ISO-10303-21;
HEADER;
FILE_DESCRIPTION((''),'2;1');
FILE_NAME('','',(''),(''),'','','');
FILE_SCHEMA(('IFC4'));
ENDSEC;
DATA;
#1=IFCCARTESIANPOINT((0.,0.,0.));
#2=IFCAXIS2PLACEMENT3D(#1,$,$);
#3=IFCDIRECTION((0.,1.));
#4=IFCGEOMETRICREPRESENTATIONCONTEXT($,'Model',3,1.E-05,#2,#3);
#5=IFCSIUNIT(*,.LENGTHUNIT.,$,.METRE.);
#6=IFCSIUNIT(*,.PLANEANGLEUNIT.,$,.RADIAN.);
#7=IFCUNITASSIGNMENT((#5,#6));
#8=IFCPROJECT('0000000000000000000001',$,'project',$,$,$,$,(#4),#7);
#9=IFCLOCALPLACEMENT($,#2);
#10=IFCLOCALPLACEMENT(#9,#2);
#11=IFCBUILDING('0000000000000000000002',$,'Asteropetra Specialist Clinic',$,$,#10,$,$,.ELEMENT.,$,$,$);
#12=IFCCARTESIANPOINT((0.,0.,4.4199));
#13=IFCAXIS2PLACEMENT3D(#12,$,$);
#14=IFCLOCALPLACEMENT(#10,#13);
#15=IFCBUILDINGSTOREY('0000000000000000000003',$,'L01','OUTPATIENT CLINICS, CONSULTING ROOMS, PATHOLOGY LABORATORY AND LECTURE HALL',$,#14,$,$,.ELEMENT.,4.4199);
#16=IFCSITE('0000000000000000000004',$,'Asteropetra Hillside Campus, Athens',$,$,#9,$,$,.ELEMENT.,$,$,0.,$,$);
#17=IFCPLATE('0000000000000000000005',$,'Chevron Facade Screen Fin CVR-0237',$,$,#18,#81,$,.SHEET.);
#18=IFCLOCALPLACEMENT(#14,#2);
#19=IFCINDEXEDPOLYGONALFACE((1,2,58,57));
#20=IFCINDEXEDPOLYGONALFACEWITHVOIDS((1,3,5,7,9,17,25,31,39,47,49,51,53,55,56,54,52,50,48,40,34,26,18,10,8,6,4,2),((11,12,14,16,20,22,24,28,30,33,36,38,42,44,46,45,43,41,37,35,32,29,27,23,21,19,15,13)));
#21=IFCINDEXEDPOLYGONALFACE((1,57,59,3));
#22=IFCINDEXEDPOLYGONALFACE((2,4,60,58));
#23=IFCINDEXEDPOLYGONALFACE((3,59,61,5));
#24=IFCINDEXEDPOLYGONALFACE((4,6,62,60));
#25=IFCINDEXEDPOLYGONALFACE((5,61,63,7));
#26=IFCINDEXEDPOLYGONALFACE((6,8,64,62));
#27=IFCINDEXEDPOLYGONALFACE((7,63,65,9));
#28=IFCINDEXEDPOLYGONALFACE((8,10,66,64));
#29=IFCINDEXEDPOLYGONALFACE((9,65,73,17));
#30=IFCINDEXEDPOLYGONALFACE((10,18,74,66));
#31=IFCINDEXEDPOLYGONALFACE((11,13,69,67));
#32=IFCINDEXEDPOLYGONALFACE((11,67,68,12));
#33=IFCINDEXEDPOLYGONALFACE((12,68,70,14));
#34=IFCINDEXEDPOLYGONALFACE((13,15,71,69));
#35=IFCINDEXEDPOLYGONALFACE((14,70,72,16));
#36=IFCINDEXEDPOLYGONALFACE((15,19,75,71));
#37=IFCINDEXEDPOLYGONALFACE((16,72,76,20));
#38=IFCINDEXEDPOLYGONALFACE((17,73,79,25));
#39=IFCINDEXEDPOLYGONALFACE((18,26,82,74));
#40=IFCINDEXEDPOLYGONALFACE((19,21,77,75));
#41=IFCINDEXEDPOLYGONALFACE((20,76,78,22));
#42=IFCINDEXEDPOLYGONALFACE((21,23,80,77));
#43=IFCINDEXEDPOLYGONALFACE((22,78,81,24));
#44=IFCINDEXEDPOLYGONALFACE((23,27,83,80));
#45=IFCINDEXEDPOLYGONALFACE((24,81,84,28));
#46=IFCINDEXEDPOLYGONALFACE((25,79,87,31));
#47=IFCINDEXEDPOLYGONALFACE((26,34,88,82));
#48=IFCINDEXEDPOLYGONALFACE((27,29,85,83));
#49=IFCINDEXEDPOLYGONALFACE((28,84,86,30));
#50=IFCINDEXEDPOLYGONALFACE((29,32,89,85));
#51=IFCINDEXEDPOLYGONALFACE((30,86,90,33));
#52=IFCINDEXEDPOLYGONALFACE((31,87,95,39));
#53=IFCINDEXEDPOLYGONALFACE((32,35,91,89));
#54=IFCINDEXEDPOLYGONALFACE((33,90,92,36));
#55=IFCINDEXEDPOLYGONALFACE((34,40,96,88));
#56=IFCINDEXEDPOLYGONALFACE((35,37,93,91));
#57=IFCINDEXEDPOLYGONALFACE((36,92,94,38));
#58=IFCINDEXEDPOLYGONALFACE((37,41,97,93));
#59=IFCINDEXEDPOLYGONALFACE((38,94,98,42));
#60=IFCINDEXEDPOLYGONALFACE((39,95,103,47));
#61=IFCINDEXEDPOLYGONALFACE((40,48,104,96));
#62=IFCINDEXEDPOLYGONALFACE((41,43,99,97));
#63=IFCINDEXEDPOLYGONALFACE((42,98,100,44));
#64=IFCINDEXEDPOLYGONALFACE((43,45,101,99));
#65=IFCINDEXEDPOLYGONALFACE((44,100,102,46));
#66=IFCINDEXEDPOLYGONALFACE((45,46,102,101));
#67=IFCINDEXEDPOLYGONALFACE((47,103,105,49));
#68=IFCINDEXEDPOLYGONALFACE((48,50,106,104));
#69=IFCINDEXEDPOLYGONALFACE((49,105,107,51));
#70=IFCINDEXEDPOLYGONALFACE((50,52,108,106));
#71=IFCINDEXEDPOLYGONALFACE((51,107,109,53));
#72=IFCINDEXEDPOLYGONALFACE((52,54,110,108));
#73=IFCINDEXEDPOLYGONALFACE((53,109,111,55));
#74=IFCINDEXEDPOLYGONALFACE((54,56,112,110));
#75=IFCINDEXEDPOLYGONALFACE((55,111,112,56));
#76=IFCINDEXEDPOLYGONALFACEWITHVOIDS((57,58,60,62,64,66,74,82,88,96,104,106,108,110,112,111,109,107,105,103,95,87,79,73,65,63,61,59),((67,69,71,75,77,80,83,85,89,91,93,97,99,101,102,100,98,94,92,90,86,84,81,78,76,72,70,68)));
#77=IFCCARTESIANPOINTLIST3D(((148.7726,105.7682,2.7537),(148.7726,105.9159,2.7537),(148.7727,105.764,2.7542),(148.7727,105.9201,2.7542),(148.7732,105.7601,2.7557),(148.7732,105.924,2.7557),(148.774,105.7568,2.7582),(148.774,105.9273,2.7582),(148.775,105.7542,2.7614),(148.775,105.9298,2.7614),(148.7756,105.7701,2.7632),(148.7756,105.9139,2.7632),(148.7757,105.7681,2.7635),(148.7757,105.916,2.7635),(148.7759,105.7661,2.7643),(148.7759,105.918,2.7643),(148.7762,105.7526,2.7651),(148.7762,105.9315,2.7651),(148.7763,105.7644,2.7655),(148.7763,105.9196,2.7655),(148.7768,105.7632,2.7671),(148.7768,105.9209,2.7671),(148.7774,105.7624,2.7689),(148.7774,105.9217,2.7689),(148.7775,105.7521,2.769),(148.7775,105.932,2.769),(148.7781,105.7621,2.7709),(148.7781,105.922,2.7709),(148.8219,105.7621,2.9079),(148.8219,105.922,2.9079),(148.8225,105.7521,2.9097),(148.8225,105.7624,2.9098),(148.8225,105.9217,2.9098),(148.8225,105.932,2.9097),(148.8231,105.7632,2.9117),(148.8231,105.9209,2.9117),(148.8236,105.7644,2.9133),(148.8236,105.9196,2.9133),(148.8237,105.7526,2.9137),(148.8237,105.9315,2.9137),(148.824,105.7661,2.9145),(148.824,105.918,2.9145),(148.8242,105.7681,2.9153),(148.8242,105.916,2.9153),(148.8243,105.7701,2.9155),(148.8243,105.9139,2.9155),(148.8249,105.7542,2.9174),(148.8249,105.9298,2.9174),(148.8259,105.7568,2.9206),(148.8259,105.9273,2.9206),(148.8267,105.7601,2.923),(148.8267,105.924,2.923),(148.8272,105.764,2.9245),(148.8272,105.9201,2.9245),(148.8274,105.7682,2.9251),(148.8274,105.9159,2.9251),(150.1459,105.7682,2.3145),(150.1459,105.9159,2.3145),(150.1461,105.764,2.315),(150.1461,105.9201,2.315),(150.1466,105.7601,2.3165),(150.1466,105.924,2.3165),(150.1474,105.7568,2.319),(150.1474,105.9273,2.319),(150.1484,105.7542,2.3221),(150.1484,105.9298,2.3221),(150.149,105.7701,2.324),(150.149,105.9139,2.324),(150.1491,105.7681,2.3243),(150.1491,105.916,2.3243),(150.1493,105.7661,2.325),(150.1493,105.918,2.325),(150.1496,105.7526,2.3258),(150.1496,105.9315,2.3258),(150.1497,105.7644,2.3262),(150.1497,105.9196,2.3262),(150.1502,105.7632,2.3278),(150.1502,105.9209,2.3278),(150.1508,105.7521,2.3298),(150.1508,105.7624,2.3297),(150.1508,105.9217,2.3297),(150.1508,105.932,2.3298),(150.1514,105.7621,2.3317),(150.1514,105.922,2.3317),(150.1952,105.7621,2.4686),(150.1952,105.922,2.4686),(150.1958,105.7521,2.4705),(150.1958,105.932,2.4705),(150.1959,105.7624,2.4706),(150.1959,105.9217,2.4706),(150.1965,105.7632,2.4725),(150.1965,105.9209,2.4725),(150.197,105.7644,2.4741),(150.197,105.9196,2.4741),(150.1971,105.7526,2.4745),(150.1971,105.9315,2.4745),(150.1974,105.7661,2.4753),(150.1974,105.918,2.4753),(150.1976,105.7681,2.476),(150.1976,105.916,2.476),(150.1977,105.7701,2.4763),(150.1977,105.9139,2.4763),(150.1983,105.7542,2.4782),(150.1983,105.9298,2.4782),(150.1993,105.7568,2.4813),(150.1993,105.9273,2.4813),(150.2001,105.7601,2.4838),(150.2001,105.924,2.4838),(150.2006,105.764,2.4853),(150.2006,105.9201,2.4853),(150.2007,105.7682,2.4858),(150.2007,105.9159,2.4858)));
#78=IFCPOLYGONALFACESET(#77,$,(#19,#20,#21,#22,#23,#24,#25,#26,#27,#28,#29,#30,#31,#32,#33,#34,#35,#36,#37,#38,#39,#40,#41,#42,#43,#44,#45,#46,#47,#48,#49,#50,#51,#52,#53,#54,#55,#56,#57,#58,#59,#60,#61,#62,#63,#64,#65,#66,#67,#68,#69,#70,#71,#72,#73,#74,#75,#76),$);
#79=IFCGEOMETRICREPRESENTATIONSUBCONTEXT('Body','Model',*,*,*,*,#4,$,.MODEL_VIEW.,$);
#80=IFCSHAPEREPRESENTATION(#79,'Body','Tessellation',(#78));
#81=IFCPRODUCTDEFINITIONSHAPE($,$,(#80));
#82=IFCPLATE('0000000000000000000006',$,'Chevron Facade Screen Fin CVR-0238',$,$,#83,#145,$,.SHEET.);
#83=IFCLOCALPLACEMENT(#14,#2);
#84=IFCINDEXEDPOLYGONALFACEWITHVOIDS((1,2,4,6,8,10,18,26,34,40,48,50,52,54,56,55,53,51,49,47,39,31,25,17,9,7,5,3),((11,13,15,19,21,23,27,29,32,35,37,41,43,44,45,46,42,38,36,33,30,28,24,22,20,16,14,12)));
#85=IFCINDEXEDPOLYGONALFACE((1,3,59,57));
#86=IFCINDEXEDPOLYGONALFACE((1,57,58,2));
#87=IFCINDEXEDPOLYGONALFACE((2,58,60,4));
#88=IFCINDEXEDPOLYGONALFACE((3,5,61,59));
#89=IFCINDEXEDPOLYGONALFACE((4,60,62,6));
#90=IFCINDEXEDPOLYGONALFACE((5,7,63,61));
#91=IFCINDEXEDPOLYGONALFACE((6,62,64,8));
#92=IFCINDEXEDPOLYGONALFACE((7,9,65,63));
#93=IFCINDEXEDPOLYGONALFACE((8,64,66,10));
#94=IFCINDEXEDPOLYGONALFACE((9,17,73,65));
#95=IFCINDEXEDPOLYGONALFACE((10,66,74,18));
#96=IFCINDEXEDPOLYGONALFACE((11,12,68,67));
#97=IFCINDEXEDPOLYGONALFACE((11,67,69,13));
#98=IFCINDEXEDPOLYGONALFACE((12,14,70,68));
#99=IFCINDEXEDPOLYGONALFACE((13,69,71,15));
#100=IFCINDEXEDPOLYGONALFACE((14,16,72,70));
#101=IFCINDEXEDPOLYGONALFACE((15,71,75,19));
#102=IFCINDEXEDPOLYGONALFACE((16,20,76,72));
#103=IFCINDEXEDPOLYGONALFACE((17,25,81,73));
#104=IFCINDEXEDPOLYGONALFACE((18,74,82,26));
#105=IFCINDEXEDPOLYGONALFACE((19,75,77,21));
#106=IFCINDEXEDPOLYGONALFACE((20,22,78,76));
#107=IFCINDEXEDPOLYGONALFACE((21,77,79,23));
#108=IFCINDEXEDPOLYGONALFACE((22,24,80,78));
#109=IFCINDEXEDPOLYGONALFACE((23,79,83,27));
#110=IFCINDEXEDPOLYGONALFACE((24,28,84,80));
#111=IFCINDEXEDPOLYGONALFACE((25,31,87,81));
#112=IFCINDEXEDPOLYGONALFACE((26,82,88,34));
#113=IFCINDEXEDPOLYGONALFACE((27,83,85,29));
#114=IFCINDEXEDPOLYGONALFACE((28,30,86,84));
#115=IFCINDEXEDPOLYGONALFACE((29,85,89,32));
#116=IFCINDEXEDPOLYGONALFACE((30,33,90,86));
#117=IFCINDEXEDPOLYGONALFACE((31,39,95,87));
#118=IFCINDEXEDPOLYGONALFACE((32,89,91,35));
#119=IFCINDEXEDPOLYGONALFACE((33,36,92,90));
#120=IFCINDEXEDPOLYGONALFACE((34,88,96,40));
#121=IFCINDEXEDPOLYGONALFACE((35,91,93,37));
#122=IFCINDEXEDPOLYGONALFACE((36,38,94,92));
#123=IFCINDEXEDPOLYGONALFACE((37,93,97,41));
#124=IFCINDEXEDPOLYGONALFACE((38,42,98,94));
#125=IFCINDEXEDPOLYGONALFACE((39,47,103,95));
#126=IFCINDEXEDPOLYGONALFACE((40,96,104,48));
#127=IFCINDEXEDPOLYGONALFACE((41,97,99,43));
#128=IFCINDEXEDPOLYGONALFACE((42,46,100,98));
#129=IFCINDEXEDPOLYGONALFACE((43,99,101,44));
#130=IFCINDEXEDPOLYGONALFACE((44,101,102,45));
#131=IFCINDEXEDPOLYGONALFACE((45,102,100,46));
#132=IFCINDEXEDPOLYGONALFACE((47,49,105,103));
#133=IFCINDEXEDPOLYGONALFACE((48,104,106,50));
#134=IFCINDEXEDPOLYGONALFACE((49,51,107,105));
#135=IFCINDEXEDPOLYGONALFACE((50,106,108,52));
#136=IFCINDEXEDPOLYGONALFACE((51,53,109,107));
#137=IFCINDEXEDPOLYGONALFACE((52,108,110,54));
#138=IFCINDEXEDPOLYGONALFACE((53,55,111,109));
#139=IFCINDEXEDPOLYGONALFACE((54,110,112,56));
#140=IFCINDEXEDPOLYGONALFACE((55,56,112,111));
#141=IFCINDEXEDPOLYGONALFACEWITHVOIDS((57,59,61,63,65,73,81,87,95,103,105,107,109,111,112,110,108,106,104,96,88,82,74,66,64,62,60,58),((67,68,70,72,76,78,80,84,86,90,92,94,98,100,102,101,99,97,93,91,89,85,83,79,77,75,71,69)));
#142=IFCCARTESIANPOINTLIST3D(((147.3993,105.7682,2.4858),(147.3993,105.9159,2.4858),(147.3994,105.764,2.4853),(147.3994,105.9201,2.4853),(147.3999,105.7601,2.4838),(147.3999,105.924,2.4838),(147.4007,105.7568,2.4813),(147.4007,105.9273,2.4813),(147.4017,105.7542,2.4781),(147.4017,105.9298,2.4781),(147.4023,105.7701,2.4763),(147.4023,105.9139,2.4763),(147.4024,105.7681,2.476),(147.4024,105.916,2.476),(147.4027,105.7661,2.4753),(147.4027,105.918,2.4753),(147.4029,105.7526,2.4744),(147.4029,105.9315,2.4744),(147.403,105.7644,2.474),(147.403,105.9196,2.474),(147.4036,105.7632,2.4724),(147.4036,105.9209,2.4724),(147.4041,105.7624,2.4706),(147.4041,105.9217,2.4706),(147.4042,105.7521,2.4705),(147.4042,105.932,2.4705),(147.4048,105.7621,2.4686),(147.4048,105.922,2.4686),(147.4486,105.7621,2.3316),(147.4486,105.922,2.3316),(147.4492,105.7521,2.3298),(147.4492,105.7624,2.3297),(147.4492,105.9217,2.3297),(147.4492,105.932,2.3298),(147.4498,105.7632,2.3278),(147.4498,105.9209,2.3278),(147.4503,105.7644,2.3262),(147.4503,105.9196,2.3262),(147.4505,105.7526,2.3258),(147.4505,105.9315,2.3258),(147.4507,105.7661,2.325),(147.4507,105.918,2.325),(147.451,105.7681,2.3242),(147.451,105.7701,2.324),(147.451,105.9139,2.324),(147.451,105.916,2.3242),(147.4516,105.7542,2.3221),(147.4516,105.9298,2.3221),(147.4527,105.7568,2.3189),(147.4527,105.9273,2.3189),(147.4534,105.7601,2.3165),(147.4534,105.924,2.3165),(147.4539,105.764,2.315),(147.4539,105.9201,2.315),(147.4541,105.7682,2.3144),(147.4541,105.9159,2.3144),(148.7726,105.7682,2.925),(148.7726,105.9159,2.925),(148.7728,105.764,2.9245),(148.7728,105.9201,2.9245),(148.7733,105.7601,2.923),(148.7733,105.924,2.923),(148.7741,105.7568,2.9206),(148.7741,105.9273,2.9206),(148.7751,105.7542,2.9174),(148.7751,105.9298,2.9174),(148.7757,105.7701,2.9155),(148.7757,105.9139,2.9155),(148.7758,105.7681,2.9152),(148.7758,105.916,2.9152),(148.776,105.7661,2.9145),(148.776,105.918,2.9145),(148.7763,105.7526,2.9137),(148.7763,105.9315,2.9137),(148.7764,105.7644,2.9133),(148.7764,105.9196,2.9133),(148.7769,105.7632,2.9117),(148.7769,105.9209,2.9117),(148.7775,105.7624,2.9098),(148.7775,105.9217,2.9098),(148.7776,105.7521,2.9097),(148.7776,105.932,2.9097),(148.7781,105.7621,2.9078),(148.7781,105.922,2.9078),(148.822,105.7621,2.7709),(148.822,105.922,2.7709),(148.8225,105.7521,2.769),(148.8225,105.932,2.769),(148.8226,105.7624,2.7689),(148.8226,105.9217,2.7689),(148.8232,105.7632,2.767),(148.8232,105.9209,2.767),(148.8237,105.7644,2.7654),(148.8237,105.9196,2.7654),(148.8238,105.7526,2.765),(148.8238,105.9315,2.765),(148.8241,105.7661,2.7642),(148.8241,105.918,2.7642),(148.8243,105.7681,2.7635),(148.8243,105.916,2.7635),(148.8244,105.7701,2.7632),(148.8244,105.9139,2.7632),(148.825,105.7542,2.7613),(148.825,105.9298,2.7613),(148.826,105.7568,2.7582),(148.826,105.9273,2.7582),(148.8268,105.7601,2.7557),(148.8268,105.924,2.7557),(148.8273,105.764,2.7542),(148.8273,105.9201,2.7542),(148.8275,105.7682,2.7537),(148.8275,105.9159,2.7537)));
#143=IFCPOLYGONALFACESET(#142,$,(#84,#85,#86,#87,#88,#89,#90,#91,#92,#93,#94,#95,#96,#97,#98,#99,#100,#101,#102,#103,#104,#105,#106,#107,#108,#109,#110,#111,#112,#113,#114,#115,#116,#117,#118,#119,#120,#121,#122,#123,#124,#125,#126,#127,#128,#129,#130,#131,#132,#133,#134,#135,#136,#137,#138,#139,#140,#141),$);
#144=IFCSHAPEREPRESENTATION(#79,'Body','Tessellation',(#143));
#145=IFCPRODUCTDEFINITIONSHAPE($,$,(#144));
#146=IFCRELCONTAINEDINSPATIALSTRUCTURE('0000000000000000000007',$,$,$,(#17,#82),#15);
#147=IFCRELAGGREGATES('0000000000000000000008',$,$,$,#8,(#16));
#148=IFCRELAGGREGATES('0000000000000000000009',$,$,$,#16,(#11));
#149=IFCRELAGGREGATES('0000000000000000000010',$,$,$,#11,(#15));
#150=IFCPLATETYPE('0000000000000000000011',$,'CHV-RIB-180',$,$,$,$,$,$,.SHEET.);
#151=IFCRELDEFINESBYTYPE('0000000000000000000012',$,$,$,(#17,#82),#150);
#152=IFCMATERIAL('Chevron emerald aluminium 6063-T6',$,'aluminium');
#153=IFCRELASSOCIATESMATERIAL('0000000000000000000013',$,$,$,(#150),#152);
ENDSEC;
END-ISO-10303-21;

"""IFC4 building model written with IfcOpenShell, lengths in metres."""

from ifc_helpers import new_model, si_unit, direction, frame, origin, origin_2d, place, context, subcontext, project, spatial, hollow_rectangle, extrude, material, material_profile, profile_set, type_object, element, save


model = new_model("IFC4")

# Units and contexts
model_context = context("Model", 3, precision=1e-05, world=origin(), true_north=direction((0.0, 1.0)))
body_context = subcontext(model_context, "Body", "Model", "MODEL_VIEW")
ifc_project = project(units=[si_unit("LENGTHUNIT", "METRE"), si_unit("PLANEANGLEUNIT", "RADIAN")], contexts=[model_context])

# Site, building, storey
site_placement = place(None, origin())
site = spatial("IfcSite", under=ifc_project, at=site_placement, Name="Asteropetra Hillside Campus, Athens", CompositionType="ELEMENT", RefElevation=0.0)
building_placement = place(site_placement, origin())
building = spatial("IfcBuilding", under=site, at=building_placement, Name="Asteropetra Specialist Clinic", CompositionType="ELEMENT")
storey_placement = place(building_placement, frame((0.0, 0.0, 4.4199)))
storey = spatial("IfcBuildingStorey", under=building, at=storey_placement, Name="L01", Description="OUTPATIENT CLINICS, CONSULTING ROOMS, PATHOLOGY LABORATORY AND LECTURE HALL", CompositionType="ELEMENT", Elevation=4.4199)

# Plates
ifc_material_1 = material(Name="Chevron emerald aluminium 6063-T6", Category="aluminium")
ifc_material_profile = material_profile(ifc_material_1, hollow_rectangle(XDim=0.1799, YDim=0.1799, WallThickness=0.01, InnerFilletRadius=0.0081, OuterFilletRadius=0.0161, at=origin_2d()), Name="SHS 180x180x10.0")
ifc_profile_set = profile_set([ifc_material_profile], Name="Chevron emerald aluminium 6063-T6")
plate_type = type_object("IfcPlateType", Name="CHV-RIB-180", PredefinedType="SHEET", material=ifc_profile_set)
for number, where, z_axis, x_axis, name in (
    (1, (150.1733, 105.842, 2.4001), (-0.952473, 0.0, 0.304622), (0.0, -1.0, 0.0), "Chevron Facade Screen Fin CVR-0237"),
    (2, (148.8, 105.842, 2.8394), (-0.952473, 0.0, -0.304622), (0.0, -1.0, 0.0), "Chevron Facade Screen Fin CVR-0238"),
):
    element("IfcPlate", number, at=place(storey_placement, frame(where, z_axis=z_axis, x_axis=x_axis)), inside=storey, type_object=plate_type, Name=name, PredefinedType="SHEET", context=body_context, shape_type="SweptSolid", body=[
        extrude(hollow_rectangle(XDim=0.1799, YDim=0.1799, WallThickness=0.01, InnerFilletRadius=0.0081, OuterFilletRadius=0.0161, at=origin_2d()), origin(), (0.0, 0.0, 1.0), 1.4419),
    ])

save(model, "model.ifc")
